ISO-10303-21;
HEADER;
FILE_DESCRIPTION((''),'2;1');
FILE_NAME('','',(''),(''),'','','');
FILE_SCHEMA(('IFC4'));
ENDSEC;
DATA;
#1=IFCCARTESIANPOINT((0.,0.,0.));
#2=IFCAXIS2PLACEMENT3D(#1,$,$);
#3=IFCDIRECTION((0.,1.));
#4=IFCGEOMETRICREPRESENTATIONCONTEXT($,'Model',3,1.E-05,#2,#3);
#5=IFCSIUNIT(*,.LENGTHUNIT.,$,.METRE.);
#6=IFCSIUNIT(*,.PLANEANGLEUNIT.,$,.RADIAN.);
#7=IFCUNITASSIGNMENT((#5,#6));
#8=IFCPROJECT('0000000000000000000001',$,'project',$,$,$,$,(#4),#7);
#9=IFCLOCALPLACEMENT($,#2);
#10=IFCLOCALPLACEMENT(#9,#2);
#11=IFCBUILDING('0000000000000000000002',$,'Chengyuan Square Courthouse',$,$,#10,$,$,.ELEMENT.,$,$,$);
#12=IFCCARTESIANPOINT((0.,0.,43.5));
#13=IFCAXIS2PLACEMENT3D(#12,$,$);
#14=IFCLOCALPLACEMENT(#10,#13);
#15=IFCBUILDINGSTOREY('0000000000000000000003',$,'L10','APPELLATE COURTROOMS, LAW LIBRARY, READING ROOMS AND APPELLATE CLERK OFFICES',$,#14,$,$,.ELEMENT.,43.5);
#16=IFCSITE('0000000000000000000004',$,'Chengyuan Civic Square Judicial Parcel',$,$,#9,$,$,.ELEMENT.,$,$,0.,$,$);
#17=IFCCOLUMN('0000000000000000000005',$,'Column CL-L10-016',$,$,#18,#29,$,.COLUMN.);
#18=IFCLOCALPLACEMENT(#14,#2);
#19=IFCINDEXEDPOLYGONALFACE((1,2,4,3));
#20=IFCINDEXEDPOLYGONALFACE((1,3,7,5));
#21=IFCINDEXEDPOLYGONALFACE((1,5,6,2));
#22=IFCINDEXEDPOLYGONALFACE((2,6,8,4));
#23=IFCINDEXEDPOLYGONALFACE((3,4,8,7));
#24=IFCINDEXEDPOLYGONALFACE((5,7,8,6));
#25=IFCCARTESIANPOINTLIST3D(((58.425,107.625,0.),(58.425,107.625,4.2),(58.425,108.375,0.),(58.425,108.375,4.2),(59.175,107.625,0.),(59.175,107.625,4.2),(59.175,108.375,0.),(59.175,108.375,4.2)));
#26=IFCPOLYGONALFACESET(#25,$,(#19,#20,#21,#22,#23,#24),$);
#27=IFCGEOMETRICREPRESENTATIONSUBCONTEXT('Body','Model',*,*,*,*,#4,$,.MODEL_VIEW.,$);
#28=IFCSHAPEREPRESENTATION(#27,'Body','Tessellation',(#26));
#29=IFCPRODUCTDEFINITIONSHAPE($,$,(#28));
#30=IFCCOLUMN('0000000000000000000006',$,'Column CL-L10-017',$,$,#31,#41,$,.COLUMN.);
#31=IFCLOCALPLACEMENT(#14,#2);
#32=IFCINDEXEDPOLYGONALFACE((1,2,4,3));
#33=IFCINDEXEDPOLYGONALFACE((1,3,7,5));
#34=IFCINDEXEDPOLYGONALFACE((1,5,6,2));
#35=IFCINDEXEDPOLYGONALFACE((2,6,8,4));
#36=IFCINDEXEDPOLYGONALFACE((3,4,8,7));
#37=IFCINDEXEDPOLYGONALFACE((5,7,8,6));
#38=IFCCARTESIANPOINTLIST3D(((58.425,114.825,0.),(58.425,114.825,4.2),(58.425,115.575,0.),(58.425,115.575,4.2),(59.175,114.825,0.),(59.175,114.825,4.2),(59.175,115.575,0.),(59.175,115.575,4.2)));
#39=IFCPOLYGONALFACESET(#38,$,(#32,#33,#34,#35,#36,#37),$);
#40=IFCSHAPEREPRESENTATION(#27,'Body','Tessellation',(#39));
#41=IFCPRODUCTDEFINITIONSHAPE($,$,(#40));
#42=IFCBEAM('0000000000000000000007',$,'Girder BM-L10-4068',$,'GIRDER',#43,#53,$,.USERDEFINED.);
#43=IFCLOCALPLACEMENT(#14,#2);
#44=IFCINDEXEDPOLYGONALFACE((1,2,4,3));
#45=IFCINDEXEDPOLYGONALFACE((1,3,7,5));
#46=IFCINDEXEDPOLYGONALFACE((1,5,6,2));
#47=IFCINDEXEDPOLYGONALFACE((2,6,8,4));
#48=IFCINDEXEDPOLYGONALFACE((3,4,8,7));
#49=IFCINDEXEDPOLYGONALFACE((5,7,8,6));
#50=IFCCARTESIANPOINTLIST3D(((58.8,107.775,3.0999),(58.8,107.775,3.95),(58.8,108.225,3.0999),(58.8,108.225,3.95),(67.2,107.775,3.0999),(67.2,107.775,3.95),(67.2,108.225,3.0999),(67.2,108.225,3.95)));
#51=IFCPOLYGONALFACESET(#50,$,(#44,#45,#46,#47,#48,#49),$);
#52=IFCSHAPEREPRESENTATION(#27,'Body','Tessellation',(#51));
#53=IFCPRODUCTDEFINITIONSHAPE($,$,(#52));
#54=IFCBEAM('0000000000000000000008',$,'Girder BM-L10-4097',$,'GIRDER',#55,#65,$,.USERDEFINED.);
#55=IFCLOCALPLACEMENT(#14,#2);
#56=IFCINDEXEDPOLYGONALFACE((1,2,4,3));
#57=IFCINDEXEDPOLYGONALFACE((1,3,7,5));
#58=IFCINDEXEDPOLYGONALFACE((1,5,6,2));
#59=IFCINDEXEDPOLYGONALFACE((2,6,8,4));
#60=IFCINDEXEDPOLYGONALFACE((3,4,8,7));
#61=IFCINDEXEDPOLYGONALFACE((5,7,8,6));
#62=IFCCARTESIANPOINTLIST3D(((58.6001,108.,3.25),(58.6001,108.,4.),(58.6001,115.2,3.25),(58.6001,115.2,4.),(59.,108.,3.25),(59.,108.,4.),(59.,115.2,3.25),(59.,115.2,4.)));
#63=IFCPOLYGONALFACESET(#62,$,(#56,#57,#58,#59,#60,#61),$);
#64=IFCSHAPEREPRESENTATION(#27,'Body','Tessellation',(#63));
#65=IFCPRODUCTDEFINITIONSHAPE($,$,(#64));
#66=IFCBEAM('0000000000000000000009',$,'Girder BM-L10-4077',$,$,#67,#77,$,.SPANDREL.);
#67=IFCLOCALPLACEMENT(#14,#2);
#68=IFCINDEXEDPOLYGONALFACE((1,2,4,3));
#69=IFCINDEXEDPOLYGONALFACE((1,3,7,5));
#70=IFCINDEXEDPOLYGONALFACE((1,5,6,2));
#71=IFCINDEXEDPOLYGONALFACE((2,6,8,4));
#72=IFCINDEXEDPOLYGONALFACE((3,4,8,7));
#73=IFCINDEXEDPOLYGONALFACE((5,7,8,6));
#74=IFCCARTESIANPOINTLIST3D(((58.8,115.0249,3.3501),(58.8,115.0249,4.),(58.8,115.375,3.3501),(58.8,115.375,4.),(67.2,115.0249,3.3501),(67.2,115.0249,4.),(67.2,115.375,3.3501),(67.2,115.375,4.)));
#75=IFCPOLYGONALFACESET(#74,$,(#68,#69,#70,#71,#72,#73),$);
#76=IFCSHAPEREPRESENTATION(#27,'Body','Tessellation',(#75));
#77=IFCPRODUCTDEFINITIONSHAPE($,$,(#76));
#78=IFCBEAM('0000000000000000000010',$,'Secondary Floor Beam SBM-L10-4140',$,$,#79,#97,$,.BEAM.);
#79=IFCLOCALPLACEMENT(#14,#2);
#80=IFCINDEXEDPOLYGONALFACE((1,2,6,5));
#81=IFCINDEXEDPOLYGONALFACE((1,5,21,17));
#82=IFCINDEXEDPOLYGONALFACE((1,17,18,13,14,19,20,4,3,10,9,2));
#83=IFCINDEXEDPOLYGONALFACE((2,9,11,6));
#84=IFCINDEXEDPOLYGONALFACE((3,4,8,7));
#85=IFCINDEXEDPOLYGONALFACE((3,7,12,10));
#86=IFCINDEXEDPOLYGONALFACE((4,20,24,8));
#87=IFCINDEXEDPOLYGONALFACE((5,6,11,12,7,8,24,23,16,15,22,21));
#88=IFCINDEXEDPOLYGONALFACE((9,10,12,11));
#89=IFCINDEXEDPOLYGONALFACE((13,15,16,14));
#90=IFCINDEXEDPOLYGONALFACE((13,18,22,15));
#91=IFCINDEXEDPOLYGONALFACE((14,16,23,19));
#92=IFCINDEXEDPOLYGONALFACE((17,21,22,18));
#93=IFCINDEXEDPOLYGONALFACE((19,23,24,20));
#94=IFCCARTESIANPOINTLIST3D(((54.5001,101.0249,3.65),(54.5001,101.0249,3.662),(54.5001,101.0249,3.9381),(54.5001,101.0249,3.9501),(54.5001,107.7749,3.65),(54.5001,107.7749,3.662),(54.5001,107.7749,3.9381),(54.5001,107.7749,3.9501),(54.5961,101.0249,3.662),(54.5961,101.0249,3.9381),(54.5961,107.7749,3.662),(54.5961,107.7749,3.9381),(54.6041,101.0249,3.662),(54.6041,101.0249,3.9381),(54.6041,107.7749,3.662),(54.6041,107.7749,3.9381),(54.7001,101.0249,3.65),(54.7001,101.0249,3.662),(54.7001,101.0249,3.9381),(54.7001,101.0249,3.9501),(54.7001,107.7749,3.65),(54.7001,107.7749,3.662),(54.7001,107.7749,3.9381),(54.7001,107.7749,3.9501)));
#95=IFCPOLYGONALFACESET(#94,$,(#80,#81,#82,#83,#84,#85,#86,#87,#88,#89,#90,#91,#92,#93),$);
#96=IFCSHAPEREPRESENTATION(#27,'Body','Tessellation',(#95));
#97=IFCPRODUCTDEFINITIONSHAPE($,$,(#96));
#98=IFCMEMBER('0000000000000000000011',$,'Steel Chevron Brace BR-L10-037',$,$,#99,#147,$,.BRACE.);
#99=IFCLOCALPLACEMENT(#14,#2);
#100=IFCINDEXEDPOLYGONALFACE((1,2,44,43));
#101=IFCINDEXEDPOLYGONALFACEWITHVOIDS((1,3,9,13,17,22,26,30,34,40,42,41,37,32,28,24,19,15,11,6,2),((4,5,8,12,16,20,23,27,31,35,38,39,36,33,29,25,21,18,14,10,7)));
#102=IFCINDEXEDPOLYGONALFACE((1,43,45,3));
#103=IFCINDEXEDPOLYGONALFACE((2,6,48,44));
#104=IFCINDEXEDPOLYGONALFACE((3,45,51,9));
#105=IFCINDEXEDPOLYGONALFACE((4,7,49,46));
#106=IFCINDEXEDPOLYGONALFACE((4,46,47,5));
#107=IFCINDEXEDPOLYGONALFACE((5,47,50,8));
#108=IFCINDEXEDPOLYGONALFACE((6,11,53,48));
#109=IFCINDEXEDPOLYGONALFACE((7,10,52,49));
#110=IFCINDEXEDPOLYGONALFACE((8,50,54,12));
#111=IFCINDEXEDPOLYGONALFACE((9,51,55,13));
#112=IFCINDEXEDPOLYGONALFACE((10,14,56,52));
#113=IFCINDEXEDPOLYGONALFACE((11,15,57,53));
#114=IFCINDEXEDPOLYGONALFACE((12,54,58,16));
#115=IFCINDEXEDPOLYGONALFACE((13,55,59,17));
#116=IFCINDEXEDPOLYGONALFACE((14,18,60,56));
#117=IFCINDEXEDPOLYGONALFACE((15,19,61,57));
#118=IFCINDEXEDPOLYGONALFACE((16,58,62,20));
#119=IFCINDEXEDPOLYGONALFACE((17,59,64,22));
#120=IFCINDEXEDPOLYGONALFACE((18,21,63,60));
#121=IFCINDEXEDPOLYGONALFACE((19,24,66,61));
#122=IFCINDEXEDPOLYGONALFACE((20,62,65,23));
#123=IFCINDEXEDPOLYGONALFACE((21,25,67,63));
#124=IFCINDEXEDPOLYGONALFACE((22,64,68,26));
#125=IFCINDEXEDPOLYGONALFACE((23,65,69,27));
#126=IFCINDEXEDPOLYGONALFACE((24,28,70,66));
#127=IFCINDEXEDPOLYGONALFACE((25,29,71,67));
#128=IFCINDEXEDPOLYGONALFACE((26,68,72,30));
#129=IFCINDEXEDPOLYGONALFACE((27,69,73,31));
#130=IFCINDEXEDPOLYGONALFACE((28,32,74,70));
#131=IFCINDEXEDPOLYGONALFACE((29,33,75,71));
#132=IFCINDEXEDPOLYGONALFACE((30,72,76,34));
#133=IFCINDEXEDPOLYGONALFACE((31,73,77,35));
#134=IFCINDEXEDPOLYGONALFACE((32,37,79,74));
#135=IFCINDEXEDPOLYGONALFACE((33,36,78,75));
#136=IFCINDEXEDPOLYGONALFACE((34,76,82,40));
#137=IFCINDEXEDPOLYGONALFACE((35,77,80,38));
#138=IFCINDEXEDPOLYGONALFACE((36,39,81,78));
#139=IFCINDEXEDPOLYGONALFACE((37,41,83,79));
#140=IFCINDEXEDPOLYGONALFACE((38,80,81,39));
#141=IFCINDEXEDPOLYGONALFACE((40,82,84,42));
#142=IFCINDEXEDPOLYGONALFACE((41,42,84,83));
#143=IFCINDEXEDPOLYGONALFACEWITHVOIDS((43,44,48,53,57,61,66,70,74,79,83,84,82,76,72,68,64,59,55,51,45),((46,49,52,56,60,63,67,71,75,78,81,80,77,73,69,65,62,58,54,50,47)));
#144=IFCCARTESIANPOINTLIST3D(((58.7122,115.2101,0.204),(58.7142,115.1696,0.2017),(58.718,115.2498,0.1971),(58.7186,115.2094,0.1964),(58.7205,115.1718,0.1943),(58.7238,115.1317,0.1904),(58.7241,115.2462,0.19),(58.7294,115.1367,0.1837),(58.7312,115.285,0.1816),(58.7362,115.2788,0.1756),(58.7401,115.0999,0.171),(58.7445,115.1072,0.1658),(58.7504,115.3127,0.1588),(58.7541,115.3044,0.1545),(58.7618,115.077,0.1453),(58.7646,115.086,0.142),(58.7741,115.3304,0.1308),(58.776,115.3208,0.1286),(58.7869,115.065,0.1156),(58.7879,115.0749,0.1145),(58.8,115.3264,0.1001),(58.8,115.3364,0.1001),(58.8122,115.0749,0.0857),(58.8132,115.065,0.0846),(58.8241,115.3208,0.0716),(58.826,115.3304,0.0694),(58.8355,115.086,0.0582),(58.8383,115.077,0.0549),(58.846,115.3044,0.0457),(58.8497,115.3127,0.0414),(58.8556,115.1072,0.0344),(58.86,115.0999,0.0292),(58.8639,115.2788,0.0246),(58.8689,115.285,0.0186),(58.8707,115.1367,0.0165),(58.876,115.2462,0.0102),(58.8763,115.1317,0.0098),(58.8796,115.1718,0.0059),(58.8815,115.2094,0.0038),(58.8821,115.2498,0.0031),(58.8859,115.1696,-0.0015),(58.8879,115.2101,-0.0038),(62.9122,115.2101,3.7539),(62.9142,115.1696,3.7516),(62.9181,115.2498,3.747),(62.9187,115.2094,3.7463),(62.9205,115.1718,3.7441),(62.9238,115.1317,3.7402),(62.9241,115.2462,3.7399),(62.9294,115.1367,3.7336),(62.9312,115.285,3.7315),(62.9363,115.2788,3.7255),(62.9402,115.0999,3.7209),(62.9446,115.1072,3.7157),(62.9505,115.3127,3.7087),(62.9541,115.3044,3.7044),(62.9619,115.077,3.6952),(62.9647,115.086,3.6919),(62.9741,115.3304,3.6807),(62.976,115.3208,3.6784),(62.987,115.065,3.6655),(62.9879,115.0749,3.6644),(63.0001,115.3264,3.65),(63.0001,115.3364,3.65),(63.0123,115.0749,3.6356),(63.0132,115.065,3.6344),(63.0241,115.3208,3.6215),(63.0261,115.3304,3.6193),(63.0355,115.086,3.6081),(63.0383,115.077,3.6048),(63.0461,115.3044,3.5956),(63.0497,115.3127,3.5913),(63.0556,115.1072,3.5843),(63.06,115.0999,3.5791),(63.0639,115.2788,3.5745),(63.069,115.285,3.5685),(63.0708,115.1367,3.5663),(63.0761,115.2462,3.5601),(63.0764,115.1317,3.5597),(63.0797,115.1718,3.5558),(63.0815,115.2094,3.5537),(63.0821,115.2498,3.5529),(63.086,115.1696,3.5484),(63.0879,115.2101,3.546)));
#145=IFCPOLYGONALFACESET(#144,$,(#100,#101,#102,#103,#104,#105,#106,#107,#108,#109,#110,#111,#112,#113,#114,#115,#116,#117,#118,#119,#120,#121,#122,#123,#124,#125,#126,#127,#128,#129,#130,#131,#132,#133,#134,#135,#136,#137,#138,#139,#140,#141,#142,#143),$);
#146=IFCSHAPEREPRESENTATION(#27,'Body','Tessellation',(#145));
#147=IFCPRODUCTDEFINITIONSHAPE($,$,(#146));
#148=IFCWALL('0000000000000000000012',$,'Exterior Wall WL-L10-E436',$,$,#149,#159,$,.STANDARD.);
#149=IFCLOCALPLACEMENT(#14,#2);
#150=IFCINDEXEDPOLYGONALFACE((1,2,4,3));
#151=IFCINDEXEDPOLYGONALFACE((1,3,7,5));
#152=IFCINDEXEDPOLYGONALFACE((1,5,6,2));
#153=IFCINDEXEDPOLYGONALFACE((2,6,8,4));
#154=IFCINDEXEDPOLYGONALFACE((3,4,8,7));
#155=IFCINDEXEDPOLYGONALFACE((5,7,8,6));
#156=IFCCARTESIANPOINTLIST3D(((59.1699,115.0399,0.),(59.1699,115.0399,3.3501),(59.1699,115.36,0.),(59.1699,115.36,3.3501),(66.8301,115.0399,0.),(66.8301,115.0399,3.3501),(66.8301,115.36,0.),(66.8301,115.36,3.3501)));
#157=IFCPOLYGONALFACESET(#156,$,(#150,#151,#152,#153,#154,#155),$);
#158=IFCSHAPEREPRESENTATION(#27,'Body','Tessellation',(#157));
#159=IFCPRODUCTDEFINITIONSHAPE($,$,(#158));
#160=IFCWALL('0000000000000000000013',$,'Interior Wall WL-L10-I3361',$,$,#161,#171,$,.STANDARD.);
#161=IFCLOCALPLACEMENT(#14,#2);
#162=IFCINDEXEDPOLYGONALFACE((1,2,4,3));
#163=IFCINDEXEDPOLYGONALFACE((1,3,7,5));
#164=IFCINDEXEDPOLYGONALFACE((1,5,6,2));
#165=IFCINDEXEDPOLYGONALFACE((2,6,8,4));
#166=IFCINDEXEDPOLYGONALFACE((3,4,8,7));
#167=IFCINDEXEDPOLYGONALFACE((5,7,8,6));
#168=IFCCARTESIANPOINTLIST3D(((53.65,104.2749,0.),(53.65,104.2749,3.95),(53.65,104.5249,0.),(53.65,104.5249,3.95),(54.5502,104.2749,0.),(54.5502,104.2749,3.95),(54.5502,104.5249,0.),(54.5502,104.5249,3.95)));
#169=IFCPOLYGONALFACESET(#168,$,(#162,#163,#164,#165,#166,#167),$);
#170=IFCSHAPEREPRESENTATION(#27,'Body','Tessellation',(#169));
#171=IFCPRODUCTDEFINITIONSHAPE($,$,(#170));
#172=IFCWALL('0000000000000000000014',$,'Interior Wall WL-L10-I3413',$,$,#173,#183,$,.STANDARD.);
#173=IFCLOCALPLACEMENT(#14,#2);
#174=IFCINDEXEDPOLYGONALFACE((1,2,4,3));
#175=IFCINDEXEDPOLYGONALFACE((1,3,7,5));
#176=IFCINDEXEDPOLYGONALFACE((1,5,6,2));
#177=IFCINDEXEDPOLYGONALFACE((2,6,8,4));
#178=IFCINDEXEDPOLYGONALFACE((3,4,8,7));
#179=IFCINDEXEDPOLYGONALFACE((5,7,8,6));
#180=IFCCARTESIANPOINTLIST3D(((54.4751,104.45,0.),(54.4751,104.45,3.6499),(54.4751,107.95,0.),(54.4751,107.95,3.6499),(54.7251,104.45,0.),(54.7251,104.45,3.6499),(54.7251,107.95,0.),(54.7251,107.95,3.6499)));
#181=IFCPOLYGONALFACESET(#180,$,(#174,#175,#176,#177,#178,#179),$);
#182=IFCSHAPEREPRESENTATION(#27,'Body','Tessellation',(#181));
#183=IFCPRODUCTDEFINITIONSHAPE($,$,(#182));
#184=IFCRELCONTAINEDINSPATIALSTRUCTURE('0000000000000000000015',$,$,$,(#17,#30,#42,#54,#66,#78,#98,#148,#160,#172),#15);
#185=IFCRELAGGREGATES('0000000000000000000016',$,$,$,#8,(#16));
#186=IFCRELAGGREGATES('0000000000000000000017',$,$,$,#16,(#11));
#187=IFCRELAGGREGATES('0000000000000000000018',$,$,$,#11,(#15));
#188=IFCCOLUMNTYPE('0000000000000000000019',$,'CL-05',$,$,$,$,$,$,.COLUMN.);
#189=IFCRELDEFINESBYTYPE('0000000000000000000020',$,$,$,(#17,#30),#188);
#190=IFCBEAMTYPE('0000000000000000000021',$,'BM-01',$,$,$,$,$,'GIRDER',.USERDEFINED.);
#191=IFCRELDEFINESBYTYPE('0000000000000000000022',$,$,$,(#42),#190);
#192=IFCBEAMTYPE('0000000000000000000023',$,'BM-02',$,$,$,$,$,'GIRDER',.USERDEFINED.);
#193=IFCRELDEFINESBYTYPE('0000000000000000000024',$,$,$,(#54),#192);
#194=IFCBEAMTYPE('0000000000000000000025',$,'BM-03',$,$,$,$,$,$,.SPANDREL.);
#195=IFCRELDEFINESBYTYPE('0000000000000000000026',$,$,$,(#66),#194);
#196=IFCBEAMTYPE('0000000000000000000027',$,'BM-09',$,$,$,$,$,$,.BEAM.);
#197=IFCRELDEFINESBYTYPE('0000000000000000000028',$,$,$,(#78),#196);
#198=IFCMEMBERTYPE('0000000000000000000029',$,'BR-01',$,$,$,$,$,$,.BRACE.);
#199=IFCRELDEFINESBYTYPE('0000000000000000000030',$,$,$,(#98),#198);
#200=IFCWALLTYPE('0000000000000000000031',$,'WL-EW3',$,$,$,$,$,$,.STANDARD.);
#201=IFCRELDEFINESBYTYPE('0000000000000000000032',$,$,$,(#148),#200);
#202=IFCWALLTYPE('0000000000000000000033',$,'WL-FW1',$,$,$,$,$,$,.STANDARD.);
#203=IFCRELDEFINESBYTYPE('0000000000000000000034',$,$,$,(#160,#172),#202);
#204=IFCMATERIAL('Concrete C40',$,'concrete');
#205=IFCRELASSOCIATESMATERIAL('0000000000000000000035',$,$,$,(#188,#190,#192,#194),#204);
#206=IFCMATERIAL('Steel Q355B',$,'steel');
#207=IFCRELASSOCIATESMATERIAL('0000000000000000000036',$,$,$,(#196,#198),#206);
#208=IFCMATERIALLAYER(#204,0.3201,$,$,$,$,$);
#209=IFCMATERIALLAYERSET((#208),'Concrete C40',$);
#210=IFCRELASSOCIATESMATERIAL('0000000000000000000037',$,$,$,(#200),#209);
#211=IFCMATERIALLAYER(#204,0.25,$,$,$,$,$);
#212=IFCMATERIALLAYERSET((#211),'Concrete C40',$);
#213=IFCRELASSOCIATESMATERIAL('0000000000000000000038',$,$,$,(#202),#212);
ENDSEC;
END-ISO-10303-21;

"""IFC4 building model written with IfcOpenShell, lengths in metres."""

from ifc_helpers import new_model, si_unit, direction, frame, frame_2d, origin, origin_2d, place, context, subcontext, project, spatial, rectangle, hollow_circle, i_section, extrude, material, layer, layer_set, material_profile, profile_set, type_object, element, save


model = new_model("IFC4")

# Units and contexts
model_context = context("Model", 3, precision=1e-05, world=origin(), true_north=direction((0.0, 1.0)))
body_context = subcontext(model_context, "Body", "Model", "MODEL_VIEW")
ifc_project = project(units=[si_unit("LENGTHUNIT", "METRE"), si_unit("PLANEANGLEUNIT", "RADIAN")], contexts=[model_context])

# Site, building, storey
site_placement = place(None, origin())
site = spatial("IfcSite", under=ifc_project, at=site_placement, Name="Chengyuan Civic Square Judicial Parcel", CompositionType="ELEMENT", RefElevation=0.0)
building_placement = place(site_placement, origin())
building = spatial("IfcBuilding", under=site, at=building_placement, Name="Chengyuan Square Courthouse", CompositionType="ELEMENT")
storey_placement = place(building_placement, frame((0.0, 0.0, 43.5)))
storey = spatial("IfcBuildingStorey", under=building, at=storey_placement, Name="L10", Description="APPELLATE COURTROOMS, LAW LIBRARY, READING ROOMS AND APPELLATE CLERK OFFICES", CompositionType="ELEMENT", Elevation=43.5)

# Columns
ifc_material_1 = material(Name="Concrete C40", Category="concrete")
ifc_material_profile_1 = material_profile(ifc_material_1, rectangle(XDim=0.75, YDim=0.75, at=origin_2d()), Name="RC-COL-750x750")
ifc_profile_set_1 = profile_set([ifc_material_profile_1], Name="Concrete C40")
column_type = type_object("IfcColumnType", Name="CL-05", PredefinedType="COLUMN", material=ifc_profile_set_1)
for number, where, z_axis, x_axis, name in (
    (1, (58.8, 108.0, 0.0), (0.0, 0.0, 1.0), (1.0, 0.0, 0.0), "Column CL-L10-016"),
    (2, (58.8, 115.2, 0.0), (0.0, 0.0, 1.0), (1.0, 0.0, 0.0), "Column CL-L10-017"),
):
    element("IfcColumn", number, at=place(storey_placement, frame(where, z_axis=z_axis, x_axis=x_axis)), inside=storey, type_object=column_type, Name=name, PredefinedType="COLUMN", context=body_context, shape_type="SweptSolid", body=[
        extrude(rectangle(XDim=0.75, YDim=0.75, at=origin_2d()), origin(), (0.0, 0.0, 1.0), 4.2),
    ])

# Beams
ifc_material_profile_2 = material_profile(ifc_material_1, rectangle(XDim=0.45, YDim=0.8501, at=origin_2d()), Name="RC-BM-450x850")
ifc_profile_set_2 = profile_set([ifc_material_profile_2], Name="Concrete C40")
beam_type_1 = type_object("IfcBeamType", Name="BM-01", ElementType="GIRDER", PredefinedType="USERDEFINED", material=ifc_profile_set_2)
beam_1_placement = place(storey_placement, frame((58.8, 108.0, 3.5249), z_axis=(1.0, 0.0, 0.0), x_axis=(0.0, 1.0, 0.0)))
element("IfcBeam", 3, at=beam_1_placement, inside=storey, type_object=beam_type_1, Name="Girder BM-L10-4068", ObjectType="GIRDER", PredefinedType="USERDEFINED", context=body_context, shape_type="SweptSolid", body=[
    extrude(rectangle(XDim=0.45, YDim=0.8501, at=origin_2d()), origin(), (0.0, 0.0, 1.0), 8.3999),
])
ifc_material_profile_3 = material_profile(ifc_material_1, rectangle(XDim=0.3999, YDim=0.75, at=origin_2d()), Name="RC-BM-400x750")
ifc_profile_set_3 = profile_set([ifc_material_profile_3], Name="Concrete C40")
beam_type_2 = type_object("IfcBeamType", Name="BM-02", ElementType="GIRDER", PredefinedType="USERDEFINED", material=ifc_profile_set_3)
beam_2_placement = place(storey_placement, frame((58.8, 108.0, 3.625), z_axis=(0.0, 1.0, 0.0), x_axis=(-1.0, 0.0, 0.0)))
element("IfcBeam", 4, at=beam_2_placement, inside=storey, type_object=beam_type_2, Name="Girder BM-L10-4097", ObjectType="GIRDER", PredefinedType="USERDEFINED", context=body_context, shape_type="SweptSolid", body=[
    extrude(rectangle(XDim=0.3999, YDim=0.75, at=origin_2d()), origin(), (0.0, 0.0, 1.0), 7.2),
])
ifc_material_profile_4 = material_profile(ifc_material_1, rectangle(XDim=0.3501, YDim=0.6499, at=origin_2d()), Name="RC-BM-350x650")
ifc_profile_set_4 = profile_set([ifc_material_profile_4], Name="Concrete C40")
beam_type_3 = type_object("IfcBeamType", Name="BM-03", PredefinedType="SPANDREL", material=ifc_profile_set_4)
beam_3_placement = place(storey_placement, frame((58.8, 115.2, 3.675), z_axis=(1.0, 0.0, 0.0), x_axis=(0.0, 1.0, 0.0)))
element("IfcBeam", 5, at=beam_3_placement, inside=storey, type_object=beam_type_3, Name="Girder BM-L10-4077", PredefinedType="SPANDREL", context=body_context, shape_type="SweptSolid", body=[
    extrude(rectangle(XDim=0.3501, YDim=0.6499, at=origin_2d()), origin(), (0.0, 0.0, 1.0), 8.3999),
])
ifc_material_2 = material(Name="Steel Q355B", Category="steel")
ifc_material_profile_5 = material_profile(ifc_material_2, i_section(OverallWidth=0.2, OverallDepth=0.3, WebThickness=0.0081, FlangeThickness=0.012, at=origin_2d()), Name="HM 300x200x8x12")
ifc_profile_set_5 = profile_set([ifc_material_profile_5], Name="Steel Q355B")
beam_type_4 = type_object("IfcBeamType", Name="BM-09", PredefinedType="BEAM", material=ifc_profile_set_5)
beam_4_placement = place(storey_placement, frame((54.6001, 101.0249, 3.8), z_axis=(0.0, 1.0, 0.0), x_axis=(-1.0, 0.0, 0.0)))
element("IfcBeam", 6, at=beam_4_placement, inside=storey, type_object=beam_type_4, Name="Secondary Floor Beam SBM-L10-4140", PredefinedType="BEAM", context=body_context, shape_type="SweptSolid", body=[
    extrude(i_section(OverallWidth=0.2, OverallDepth=0.3, WebThickness=0.0081, FlangeThickness=0.012, at=origin_2d()), origin(), (0.0, 0.0, 1.0), 6.75),
])

# Member
ifc_material_profile_6 = material_profile(ifc_material_2, hollow_circle(Radius=0.1365, WallThickness=0.01, at=origin_2d()), Name="CHS 273x10")
ifc_profile_set_6 = profile_set([ifc_material_profile_6], Name="Steel Q355B")
member_type = type_object("IfcMemberType", Name="BR-01", PredefinedType="BRACE", material=ifc_profile_set_6)
member_placement = place(storey_placement, frame((58.8, 115.2, 0.1001), z_axis=(0.763745, 0.0, 0.645518), x_axis=(0.0, 1.0, 0.0)))
element("IfcMember", 7, at=member_placement, inside=storey, type_object=member_type, Name="Steel Chevron Brace BR-L10-037", PredefinedType="BRACE", context=body_context, shape_type="SweptSolid", body=[
    extrude(hollow_circle(Radius=0.1365, WallThickness=0.01, at=origin_2d()), origin(), (0.0, 0.0, 1.0), 5.4993),
])

# Wall
ifc_layer_1 = layer(ifc_material_1, 0.3201)
ifc_layer_set_1 = layer_set([ifc_layer_1], Name="Concrete C40")
wall_type_1 = type_object("IfcWallType", Name="WL-EW3", PredefinedType="STANDARD", material=ifc_layer_set_1)
wall_1_placement = place(storey_placement, frame((59.1699, 115.2, 0.0), z_axis=(0.0, 0.0, 1.0), x_axis=(1.0, 0.0, 0.0)))
element("IfcWall", 8, at=wall_1_placement, inside=storey, type_object=wall_type_1, Name="Exterior Wall WL-L10-E436", PredefinedType="STANDARD", context=body_context, shape_type="SweptSolid", body=[
    extrude(rectangle(XDim=7.6602, YDim=0.3201, at=frame_2d((3.8301, 0.0))), origin(), (0.0, 0.0, 1.0), 3.3501),
])

# Shared definitions
ifc_layer_2 = layer(ifc_material_1, 0.25)
ifc_layer_set_2 = layer_set([ifc_layer_2], Name="Concrete C40")
wall_type_2 = type_object("IfcWallType", Name="WL-FW1", PredefinedType="STANDARD", material=ifc_layer_set_2)

# Wall
wall_2_placement = place(storey_placement, frame((53.6499, 104.3999, 0.0), z_axis=(0.0, 0.0, 1.0), x_axis=(1.0, 0.0, 0.0)))
element("IfcWall", 9, at=wall_2_placement, inside=storey, type_object=wall_type_2, Name="Interior Wall WL-L10-I3361", PredefinedType="STANDARD", context=body_context, shape_type="SweptSolid", body=[
    extrude(rectangle(XDim=0.9001, YDim=0.25, at=frame_2d((0.4502, 0.0))), origin(), (0.0, 0.0, 1.0), 3.95),
])

# Wall
wall_3_placement = place(storey_placement, frame((54.6001, 104.45, 0.0), z_axis=(0.0, 0.0, 1.0), x_axis=(0.0, 1.0, 0.0)))
element("IfcWall", 10, at=wall_3_placement, inside=storey, type_object=wall_type_2, Name="Interior Wall WL-L10-I3413", PredefinedType="STANDARD", context=body_context, shape_type="SweptSolid", body=[
    extrude(rectangle(XDim=3.5, YDim=0.25, at=frame_2d((1.75, 0.0))), origin(), (0.0, 0.0, 1.0), 3.6499),
])

save(model, "model.ifc")
